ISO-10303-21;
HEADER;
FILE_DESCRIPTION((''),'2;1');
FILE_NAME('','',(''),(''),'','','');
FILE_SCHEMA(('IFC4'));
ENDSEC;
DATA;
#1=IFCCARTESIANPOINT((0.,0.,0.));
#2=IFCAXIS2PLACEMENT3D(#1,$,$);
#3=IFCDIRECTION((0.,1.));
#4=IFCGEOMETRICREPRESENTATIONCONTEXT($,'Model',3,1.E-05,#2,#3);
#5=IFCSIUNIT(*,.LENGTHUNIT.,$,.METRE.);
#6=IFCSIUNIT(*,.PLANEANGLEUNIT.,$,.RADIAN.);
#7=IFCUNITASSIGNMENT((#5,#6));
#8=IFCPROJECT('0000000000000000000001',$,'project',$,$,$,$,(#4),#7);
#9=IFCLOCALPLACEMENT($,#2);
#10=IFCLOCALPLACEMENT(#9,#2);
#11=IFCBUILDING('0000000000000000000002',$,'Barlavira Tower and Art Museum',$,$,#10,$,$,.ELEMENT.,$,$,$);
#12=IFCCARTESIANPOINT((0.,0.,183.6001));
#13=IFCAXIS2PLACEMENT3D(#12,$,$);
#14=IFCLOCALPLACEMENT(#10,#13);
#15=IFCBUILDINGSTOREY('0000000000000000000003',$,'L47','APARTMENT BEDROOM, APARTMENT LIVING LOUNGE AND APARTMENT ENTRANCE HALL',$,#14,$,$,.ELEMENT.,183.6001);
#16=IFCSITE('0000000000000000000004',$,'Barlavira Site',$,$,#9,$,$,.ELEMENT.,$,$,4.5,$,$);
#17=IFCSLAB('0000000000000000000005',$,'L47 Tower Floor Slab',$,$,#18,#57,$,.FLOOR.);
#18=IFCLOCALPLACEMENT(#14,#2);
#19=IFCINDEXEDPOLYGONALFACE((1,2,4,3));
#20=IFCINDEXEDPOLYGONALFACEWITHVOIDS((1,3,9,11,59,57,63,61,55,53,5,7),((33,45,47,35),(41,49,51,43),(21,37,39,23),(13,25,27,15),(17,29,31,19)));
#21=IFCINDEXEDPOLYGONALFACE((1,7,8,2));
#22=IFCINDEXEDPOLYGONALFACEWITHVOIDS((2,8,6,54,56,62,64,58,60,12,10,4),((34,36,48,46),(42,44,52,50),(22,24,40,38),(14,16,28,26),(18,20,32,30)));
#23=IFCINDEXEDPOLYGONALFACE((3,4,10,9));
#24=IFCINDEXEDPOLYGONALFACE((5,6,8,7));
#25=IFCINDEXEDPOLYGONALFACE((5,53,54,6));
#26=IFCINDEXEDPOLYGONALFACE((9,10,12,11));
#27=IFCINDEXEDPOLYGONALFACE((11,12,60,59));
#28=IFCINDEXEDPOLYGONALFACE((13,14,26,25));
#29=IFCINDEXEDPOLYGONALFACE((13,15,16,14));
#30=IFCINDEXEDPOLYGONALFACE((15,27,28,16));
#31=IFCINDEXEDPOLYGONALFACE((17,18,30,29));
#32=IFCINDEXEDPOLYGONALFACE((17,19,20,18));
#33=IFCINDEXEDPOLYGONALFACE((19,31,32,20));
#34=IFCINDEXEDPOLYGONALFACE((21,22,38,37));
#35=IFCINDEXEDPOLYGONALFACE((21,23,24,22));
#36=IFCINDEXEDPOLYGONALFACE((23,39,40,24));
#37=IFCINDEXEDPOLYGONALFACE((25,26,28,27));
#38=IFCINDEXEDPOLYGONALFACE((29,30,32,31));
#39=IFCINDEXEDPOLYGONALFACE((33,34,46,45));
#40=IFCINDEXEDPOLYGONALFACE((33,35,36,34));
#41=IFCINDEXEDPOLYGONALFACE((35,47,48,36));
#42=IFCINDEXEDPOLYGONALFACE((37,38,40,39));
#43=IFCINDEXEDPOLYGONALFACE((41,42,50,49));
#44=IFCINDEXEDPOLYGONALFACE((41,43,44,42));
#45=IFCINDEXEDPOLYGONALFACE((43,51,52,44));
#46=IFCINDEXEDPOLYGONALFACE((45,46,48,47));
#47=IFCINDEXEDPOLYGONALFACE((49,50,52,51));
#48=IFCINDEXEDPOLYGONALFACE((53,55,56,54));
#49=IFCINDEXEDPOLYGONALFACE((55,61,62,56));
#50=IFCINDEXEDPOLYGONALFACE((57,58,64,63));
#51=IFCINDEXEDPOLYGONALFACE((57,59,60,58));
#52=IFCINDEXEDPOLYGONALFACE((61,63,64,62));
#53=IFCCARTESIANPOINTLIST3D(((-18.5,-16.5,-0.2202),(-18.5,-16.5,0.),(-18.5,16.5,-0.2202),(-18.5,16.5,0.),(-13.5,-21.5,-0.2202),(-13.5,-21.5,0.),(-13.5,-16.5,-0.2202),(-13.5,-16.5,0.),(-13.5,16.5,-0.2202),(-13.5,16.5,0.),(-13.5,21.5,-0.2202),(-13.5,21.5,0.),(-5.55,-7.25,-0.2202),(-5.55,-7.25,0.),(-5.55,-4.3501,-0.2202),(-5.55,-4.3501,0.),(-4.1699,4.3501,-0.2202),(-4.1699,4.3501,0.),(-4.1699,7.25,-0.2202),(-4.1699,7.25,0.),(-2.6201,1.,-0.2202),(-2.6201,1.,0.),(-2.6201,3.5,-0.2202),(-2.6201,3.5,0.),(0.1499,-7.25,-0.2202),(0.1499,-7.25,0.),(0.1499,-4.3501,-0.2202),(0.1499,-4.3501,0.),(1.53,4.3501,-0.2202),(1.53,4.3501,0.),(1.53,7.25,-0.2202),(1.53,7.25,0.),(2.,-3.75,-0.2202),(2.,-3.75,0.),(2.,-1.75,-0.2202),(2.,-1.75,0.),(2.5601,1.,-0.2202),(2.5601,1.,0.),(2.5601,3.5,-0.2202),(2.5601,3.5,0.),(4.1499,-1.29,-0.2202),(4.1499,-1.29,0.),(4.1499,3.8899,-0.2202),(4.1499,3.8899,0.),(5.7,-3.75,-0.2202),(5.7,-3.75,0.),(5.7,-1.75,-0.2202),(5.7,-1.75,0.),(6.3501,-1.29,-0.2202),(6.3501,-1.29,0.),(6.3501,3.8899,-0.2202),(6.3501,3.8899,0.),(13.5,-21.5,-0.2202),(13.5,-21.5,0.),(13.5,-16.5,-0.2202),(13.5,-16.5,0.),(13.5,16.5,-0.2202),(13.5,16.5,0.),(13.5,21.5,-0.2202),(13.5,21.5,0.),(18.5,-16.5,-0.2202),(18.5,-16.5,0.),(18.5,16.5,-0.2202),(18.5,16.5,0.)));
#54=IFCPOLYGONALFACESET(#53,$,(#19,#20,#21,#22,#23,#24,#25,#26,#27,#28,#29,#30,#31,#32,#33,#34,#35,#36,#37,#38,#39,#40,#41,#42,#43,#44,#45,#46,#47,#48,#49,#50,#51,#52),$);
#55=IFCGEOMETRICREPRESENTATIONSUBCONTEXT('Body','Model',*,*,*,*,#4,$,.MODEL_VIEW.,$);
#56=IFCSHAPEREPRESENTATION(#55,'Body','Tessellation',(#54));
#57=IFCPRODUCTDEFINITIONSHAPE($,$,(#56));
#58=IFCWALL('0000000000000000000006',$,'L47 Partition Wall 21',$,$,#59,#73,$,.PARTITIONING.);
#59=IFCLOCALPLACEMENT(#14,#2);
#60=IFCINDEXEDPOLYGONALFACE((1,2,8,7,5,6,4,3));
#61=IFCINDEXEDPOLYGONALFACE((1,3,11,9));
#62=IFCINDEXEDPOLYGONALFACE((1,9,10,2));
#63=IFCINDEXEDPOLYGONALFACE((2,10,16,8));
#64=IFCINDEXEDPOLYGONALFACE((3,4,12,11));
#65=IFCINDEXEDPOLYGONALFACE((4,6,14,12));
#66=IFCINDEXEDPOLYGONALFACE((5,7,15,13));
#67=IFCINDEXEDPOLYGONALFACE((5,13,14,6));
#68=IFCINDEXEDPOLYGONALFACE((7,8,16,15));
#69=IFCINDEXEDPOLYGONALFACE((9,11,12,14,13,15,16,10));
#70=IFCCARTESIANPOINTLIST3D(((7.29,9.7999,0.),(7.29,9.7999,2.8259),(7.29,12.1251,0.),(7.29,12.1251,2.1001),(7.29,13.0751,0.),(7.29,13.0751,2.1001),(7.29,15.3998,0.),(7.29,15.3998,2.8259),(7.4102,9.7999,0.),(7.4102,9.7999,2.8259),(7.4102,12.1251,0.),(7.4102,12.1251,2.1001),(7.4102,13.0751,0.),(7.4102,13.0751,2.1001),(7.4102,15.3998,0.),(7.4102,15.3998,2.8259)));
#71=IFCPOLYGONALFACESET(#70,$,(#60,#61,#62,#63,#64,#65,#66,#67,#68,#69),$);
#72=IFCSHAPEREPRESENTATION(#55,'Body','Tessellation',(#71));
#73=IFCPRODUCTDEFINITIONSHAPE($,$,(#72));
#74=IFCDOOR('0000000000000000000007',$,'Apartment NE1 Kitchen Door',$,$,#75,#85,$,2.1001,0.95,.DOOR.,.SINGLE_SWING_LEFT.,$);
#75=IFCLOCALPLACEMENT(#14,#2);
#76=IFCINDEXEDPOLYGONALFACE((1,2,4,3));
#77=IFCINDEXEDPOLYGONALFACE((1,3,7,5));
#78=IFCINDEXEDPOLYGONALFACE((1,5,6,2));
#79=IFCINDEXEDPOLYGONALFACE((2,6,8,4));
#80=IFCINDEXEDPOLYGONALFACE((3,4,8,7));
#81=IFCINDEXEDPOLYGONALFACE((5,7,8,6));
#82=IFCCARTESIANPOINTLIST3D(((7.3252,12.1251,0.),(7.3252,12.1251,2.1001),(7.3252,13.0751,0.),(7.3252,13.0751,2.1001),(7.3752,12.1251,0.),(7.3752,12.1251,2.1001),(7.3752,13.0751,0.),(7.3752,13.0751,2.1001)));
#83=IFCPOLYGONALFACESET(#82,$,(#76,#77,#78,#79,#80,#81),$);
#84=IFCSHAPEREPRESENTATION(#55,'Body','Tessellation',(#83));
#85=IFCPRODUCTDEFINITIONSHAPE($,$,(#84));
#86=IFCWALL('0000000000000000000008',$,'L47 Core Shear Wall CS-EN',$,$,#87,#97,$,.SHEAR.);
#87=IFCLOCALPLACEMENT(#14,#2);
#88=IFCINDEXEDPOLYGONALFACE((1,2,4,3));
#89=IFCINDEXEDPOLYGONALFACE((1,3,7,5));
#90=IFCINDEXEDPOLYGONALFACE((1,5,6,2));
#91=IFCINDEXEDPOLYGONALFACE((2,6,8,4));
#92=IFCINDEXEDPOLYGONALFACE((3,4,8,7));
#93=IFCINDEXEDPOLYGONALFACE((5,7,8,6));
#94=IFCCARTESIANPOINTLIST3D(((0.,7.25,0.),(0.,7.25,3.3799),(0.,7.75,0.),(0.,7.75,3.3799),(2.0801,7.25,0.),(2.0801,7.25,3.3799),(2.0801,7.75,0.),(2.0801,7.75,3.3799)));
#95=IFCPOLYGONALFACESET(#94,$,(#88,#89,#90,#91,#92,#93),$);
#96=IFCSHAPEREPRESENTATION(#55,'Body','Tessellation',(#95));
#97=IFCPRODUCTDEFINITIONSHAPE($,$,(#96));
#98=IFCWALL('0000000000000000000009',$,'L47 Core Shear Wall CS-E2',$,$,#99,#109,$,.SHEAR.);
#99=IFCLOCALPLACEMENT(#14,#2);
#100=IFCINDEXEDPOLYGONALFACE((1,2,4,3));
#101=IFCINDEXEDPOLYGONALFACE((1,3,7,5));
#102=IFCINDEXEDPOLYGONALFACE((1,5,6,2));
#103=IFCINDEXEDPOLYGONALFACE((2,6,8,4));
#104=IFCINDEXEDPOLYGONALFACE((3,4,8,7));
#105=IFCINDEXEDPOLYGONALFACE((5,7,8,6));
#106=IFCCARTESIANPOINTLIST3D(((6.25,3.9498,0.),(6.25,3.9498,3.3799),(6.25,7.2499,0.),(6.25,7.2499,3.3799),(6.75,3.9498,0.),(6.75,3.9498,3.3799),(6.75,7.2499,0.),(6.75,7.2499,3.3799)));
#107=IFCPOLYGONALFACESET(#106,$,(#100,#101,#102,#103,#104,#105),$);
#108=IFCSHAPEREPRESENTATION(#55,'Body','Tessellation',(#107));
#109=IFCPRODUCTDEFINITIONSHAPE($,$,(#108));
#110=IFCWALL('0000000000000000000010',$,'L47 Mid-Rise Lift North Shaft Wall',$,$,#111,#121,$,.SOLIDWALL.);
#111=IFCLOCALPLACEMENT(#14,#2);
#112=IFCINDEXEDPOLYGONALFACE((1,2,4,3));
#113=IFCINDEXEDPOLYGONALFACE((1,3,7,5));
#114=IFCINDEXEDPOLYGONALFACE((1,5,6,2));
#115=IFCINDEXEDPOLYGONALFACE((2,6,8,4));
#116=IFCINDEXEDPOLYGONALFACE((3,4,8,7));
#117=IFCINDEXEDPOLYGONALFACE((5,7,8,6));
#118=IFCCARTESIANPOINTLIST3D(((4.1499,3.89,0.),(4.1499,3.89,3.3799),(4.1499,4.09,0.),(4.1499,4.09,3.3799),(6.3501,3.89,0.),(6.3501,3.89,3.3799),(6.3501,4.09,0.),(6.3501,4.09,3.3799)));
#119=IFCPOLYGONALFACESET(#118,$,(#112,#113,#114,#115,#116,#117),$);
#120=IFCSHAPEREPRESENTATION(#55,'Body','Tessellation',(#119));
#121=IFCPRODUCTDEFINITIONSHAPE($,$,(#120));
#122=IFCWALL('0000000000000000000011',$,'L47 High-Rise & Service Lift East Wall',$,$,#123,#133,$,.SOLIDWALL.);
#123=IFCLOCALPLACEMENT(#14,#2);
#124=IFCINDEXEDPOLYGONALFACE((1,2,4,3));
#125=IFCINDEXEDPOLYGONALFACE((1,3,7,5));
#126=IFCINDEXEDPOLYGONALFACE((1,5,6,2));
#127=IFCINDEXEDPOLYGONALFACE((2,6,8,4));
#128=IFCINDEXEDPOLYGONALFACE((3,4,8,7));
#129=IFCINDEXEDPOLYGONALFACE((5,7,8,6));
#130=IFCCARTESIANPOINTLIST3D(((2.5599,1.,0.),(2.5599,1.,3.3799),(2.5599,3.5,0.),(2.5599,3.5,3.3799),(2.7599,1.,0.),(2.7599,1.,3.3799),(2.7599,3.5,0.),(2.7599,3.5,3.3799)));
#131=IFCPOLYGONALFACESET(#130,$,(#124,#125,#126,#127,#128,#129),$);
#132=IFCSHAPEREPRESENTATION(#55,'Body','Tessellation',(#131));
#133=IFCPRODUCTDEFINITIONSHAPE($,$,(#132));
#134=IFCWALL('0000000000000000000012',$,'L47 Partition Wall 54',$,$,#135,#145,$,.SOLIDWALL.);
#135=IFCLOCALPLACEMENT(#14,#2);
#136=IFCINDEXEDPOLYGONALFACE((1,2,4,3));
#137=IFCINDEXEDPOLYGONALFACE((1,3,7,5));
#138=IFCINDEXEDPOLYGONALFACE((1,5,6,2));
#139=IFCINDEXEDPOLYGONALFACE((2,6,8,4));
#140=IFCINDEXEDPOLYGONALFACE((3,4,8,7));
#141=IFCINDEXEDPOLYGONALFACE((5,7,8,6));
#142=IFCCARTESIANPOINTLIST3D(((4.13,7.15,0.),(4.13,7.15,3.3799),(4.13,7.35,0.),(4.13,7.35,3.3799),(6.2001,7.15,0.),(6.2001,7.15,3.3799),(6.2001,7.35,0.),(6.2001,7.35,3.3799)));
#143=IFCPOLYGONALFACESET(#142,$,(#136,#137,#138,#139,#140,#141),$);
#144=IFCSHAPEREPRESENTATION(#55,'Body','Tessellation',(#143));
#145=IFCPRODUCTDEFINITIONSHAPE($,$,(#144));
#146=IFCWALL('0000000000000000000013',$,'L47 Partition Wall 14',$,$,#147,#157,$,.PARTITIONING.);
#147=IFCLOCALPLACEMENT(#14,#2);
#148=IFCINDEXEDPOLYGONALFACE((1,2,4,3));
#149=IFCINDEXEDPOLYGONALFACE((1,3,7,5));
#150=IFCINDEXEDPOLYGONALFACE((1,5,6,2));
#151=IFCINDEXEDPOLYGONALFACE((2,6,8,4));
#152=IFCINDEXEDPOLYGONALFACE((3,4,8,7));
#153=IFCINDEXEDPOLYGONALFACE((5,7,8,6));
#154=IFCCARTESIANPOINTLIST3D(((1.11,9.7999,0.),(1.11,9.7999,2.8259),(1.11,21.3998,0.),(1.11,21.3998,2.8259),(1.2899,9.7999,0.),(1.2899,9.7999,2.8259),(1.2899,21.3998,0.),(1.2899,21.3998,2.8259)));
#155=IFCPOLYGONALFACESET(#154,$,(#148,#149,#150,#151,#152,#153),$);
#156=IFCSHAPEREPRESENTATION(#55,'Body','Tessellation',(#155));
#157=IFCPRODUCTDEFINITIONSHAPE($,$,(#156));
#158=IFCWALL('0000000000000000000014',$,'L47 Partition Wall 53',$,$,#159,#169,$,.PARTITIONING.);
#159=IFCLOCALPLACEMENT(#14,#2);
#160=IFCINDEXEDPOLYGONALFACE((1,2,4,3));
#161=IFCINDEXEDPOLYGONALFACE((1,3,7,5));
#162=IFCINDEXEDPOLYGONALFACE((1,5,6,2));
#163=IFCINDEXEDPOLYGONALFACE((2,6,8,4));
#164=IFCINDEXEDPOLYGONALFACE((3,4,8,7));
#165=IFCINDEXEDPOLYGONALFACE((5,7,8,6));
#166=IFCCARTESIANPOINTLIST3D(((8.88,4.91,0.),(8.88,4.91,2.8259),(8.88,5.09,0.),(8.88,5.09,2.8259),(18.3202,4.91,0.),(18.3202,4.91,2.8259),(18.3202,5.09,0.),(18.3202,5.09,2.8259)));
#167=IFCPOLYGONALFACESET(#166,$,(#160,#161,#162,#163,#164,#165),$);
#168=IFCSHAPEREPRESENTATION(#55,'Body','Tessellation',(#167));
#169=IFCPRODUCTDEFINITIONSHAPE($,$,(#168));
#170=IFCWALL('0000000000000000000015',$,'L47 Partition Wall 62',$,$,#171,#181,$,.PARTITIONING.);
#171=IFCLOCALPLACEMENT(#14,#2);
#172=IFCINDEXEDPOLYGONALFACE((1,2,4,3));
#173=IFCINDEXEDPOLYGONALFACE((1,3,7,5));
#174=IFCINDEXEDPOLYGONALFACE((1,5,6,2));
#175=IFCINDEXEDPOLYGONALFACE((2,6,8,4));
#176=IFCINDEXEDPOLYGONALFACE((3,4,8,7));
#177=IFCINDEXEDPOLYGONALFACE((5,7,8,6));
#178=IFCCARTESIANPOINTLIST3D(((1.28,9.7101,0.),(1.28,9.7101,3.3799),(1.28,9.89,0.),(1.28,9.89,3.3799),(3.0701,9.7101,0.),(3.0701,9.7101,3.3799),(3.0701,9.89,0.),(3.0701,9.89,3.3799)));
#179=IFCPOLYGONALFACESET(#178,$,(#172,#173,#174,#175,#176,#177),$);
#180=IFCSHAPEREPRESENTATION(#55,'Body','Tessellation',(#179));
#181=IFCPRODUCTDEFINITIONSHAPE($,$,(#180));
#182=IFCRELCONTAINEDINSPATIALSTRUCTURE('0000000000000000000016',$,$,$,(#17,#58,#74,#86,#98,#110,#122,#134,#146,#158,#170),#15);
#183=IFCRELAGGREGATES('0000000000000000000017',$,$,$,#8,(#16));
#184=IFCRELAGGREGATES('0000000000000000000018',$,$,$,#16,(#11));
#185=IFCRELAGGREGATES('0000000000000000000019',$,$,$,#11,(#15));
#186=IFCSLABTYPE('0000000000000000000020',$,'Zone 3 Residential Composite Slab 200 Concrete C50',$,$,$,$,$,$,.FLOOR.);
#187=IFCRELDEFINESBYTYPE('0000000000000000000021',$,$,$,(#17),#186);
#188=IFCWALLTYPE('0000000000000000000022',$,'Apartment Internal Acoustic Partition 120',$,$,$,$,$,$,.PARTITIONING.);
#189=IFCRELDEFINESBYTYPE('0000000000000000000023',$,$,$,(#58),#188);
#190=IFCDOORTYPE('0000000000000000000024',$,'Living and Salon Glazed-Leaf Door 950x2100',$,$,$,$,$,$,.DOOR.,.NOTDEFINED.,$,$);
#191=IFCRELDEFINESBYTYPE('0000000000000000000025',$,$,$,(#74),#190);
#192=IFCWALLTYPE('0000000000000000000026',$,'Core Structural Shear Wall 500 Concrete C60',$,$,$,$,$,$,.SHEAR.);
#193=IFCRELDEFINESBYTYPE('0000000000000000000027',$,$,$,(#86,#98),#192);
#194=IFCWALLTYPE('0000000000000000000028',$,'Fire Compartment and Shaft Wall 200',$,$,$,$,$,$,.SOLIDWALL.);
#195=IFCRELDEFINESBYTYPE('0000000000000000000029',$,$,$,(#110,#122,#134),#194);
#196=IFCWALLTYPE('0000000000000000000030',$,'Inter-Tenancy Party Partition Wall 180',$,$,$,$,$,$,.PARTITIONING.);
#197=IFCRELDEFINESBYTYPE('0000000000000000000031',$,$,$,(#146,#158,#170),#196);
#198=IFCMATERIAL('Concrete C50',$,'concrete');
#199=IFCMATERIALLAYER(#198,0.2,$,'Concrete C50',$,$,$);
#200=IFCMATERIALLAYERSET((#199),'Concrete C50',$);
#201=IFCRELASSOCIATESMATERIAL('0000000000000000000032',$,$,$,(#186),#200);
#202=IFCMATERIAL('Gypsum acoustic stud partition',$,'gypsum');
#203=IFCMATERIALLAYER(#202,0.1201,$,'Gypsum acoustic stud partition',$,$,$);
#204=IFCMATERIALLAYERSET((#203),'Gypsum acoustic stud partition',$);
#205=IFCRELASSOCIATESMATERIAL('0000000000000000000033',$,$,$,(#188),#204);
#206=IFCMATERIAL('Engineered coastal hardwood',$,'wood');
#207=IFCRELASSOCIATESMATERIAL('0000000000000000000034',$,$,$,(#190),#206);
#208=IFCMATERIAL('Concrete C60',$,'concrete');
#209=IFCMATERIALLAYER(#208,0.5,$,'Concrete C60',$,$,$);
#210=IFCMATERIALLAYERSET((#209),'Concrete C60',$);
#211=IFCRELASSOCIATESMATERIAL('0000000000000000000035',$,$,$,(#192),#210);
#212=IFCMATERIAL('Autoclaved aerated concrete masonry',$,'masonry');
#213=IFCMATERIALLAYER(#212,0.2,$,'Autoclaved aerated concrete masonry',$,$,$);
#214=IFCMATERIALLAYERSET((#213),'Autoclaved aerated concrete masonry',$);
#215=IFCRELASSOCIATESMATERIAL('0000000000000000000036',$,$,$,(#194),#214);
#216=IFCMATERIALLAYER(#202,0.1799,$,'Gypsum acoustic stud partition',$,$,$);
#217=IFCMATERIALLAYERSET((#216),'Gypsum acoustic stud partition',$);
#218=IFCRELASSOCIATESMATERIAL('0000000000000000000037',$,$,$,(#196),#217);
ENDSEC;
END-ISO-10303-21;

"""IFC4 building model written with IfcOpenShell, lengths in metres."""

from ifc_helpers import new_model, si_unit, direction, frame, frame_2d, origin, place, context, subcontext, project, spatial, polyline, rectangle, outline, extrude, material, layer, layer_set, type_object, element, fill, save


model = new_model("IFC4")

# Units and contexts
model_context = context("Model", 3, precision=1e-05, world=origin(), true_north=direction((0.0, 1.0)))
body_context = subcontext(model_context, "Body", "Model", "MODEL_VIEW")
ifc_project = project(units=[si_unit("LENGTHUNIT", "METRE"), si_unit("PLANEANGLEUNIT", "RADIAN")], contexts=[model_context])

# Site, building, storey
site_placement = place(None, origin())
site = spatial("IfcSite", under=ifc_project, at=site_placement, Name="Barlavira Site", CompositionType="ELEMENT", RefElevation=4.5)
building_placement = place(site_placement, origin())
building = spatial("IfcBuilding", under=site, at=building_placement, Name="Barlavira Tower and Art Museum", CompositionType="ELEMENT")
storey_placement = place(building_placement, frame((0.0, 0.0, 183.6001)))
storey = spatial("IfcBuildingStorey", under=building, at=storey_placement, Name="L47", Description="APARTMENT BEDROOM, APARTMENT LIVING LOUNGE AND APARTMENT ENTRANCE HALL", CompositionType="ELEMENT", Elevation=183.6001)

# Slab
ifc_material_1 = material(Name="Concrete C50", Category="concrete")
ifc_layer_1 = layer(ifc_material_1, 0.2, Name="Concrete C50")
ifc_layer_set_1 = layer_set([ifc_layer_1], Name="Concrete C50")
slab_type_1 = type_object("IfcSlabType", Name="Zone 3 Residential Composite Slab 200 Concrete C50", PredefinedType="FLOOR", material=ifc_layer_set_1)
slab_1_placement = place(storey_placement, frame((0.0, 0.0, -0.2202)))
element("IfcSlab", 1, at=slab_1_placement, inside=storey, type_object=slab_type_1, Name="L47 Tower Floor Slab", PredefinedType="FLOOR", context=body_context, shape_type="SweptSolid", body=[
    extrude(outline(polyline([(-13.5, -21.5), (13.5, -21.5), (13.5, -16.5), (18.5, -16.5), (18.5, 16.5), (13.5, 16.5), (13.5, 21.5), (-13.5, 21.5), (-13.5, 16.5), (-18.5, 16.5), (-18.5, -16.5), (-13.5, -16.5), (-13.5, -21.5)]), holes=[polyline([(0.1499, -4.3501), (-5.55, -4.3501), (-5.55, -7.25), (0.1499, -7.25), (0.1499, -4.3501)]), polyline([(-4.1699, 4.3501), (1.53, 4.3501), (1.53, 7.25), (-4.1699, 7.25), (-4.1699, 4.3501)]), polyline([(4.1499, -1.29), (6.3501, -1.29), (6.3501, 3.8899), (4.1499, 3.8899), (4.1499, -1.29)]), polyline([(-2.6201, 1.0), (2.5601, 1.0), (2.5601, 3.5), (-2.6201, 3.5), (-2.6201, 1.0)]), polyline([(2.0, -3.75), (5.7, -3.75), (5.7, -1.75), (2.0, -1.75), (2.0, -3.75)])]), origin(), (0.0, 0.0, 1.0), 0.2202),
])

# Wall, opening, door
ifc_material_2 = material(Name="Gypsum acoustic stud partition", Category="gypsum")
ifc_layer_2 = layer(ifc_material_2, 0.1201, Name="Gypsum acoustic stud partition")
ifc_layer_set_2 = layer_set([ifc_layer_2], Name="Gypsum acoustic stud partition")
wall_type_1 = type_object("IfcWallType", Name="Apartment Internal Acoustic Partition 120", PredefinedType="PARTITIONING", material=ifc_layer_set_2)
wall_1_placement = place(storey_placement, frame((7.3501, 9.8, 0.0), z_axis=(0.0, 0.0, 1.0), x_axis=(0.0, 1.0, 0.0)))
wall_1 = element("IfcWall", 2, at=wall_1_placement, inside=storey, type_object=wall_type_1, Name="L47 Partition Wall 21", PredefinedType="PARTITIONING", context=body_context, shape_type="SweptSolid", body=[
    extrude(rectangle(XDim=5.5999, YDim=0.1201, at=frame_2d((2.7998, 0.0))), origin(), (0.0, 0.0, 1.0), 2.8259),
])
opening_1_placement = place(wall_1_placement, frame((2.325, 0.0, 0.0)))
opening_1 = element("IfcOpeningElement", 3, at=opening_1_placement, cuts=wall_1, PredefinedType="OPENING", context=body_context, shape_type="SweptSolid", body=[
    extrude(rectangle(XDim=0.95, YDim=2.1001, at=frame_2d((0.4751, 1.05))), frame((0.0, 0.0701, 0.0), z_axis=(0.0, -1.0, 0.0), x_axis=(1.0, 0.0, 0.0)), (0.0, 0.0, 1.0), 0.1401),
])
ifc_material_3 = material(Name="Engineered coastal hardwood", Category="wood")
door_type_1 = type_object("IfcDoorType", Name="Living and Salon Glazed-Leaf Door 950x2100", OperationType="NOTDEFINED", PredefinedType="DOOR", material=ifc_material_3)
door_1_placement = place(opening_1_placement, origin())
door_1 = element("IfcDoor", 4, at=door_1_placement, inside=storey, type_object=door_type_1, Name="Apartment NE1 Kitchen Door", OperationType="SINGLE_SWING_LEFT", OverallHeight=2.1001, OverallWidth=0.95, PredefinedType="DOOR", context=body_context, shape_type="SweptSolid", body=[
    extrude(rectangle(XDim=0.95, YDim=2.1001, at=frame_2d((0.4751, 1.05))), frame((0.0, 0.0249, 0.0), z_axis=(0.0, -1.0, 0.0), x_axis=(1.0, 0.0, 0.0)), (0.0, 0.0, 1.0), 0.05),
])
fill(opening_1, door_1)

# Walls
ifc_material_4 = material(Name="Concrete C60", Category="concrete")
ifc_layer_3 = layer(ifc_material_4, 0.5, Name="Concrete C60")
ifc_layer_set_3 = layer_set([ifc_layer_3], Name="Concrete C60")
wall_type_2 = type_object("IfcWallType", Name="Core Structural Shear Wall 500 Concrete C60", PredefinedType="SHEAR", material=ifc_layer_set_3)
wall_2_placement = place(storey_placement, frame((0.0, 7.5, 0.0), z_axis=(0.0, 0.0, 1.0), x_axis=(1.0, 0.0, 0.0)))
element("IfcWall", 5, at=wall_2_placement, inside=storey, type_object=wall_type_2, Name="L47 Core Shear Wall CS-EN", PredefinedType="SHEAR", context=body_context, shape_type="SweptSolid", body=[
    extrude(rectangle(XDim=2.0801, YDim=0.5, at=frame_2d((1.04, 0.0))), origin(), (0.0, 0.0, 1.0), 3.3799),
])
wall_3_placement = place(storey_placement, frame((6.5, 3.95, 0.0), z_axis=(0.0, 0.0, 1.0), x_axis=(0.0, 1.0, 0.0)))
element("IfcWall", 6, at=wall_3_placement, inside=storey, type_object=wall_type_2, Name="L47 Core Shear Wall CS-E2", PredefinedType="SHEAR", context=body_context, shape_type="SweptSolid", body=[
    extrude(rectangle(XDim=3.3, YDim=0.5, at=frame_2d((1.6499, 0.0))), origin(), (0.0, 0.0, 1.0), 3.3799),
])
ifc_material_5 = material(Name="Autoclaved aerated concrete masonry", Category="masonry")
ifc_layer_4 = layer(ifc_material_5, 0.2, Name="Autoclaved aerated concrete masonry")
ifc_layer_set_4 = layer_set([ifc_layer_4], Name="Autoclaved aerated concrete masonry")
wall_type_3 = type_object("IfcWallType", Name="Fire Compartment and Shaft Wall 200", PredefinedType="SOLIDWALL", material=ifc_layer_set_4)
wall_4_placement = place(storey_placement, frame((4.1499, 3.99, 0.0), z_axis=(0.0, 0.0, 1.0), x_axis=(1.0, 0.0, 0.0)))
element("IfcWall", 7, at=wall_4_placement, inside=storey, type_object=wall_type_3, Name="L47 Mid-Rise Lift North Shaft Wall", PredefinedType="SOLIDWALL", context=body_context, shape_type="SweptSolid", body=[
    extrude(rectangle(XDim=2.2002, YDim=0.2, at=frame_2d((1.1001, 0.0))), origin(), (0.0, 0.0, 1.0), 3.3799),
])
wall_5_placement = place(storey_placement, frame((2.6599, 1.0, 0.0), z_axis=(0.0, 0.0, 1.0), x_axis=(0.0, 1.0, 0.0)))
element("IfcWall", 8, at=wall_5_placement, inside=storey, type_object=wall_type_3, Name="L47 High-Rise & Service Lift East Wall", PredefinedType="SOLIDWALL", context=body_context, shape_type="SweptSolid", body=[
    extrude(rectangle(XDim=2.5, YDim=0.2, at=frame_2d((1.25, 0.0))), origin(), (0.0, 0.0, 1.0), 3.3799),
])

# Walls
wall_6_placement = place(storey_placement, frame((4.1299, 7.25, 0.0), z_axis=(0.0, 0.0, 1.0), x_axis=(1.0, 0.0, 0.0)))
element("IfcWall", 9, at=wall_6_placement, inside=storey, type_object=wall_type_3, Name="L47 Partition Wall 54", PredefinedType="SOLIDWALL", context=body_context, shape_type="SweptSolid", body=[
    extrude(rectangle(XDim=2.0701, YDim=0.2, at=frame_2d((1.0352, 0.0))), origin(), (0.0, 0.0, 1.0), 3.3799),
])
ifc_layer_5 = layer(ifc_material_2, 0.1799, Name="Gypsum acoustic stud partition")
ifc_layer_set_5 = layer_set([ifc_layer_5], Name="Gypsum acoustic stud partition")
wall_type_4 = type_object("IfcWallType", Name="Inter-Tenancy Party Partition Wall 180", PredefinedType="PARTITIONING", material=ifc_layer_set_5)
wall_7_placement = place(storey_placement, frame((1.2, 9.8, 0.0), z_axis=(0.0, 0.0, 1.0), x_axis=(0.0, 1.0, 0.0)))
element("IfcWall", 10, at=wall_7_placement, inside=storey, type_object=wall_type_4, Name="L47 Partition Wall 14", PredefinedType="PARTITIONING", context=body_context, shape_type="SweptSolid", body=[
    extrude(rectangle(XDim=11.5999, YDim=0.1799, at=frame_2d((5.7998, 0.0))), origin(), (0.0, 0.0, 1.0), 2.8259),
])
wall_8_placement = place(storey_placement, frame((8.8799, 5.0, 0.0), z_axis=(0.0, 0.0, 1.0), x_axis=(1.0, 0.0, 0.0)))
element("IfcWall", 11, at=wall_8_placement, inside=storey, type_object=wall_type_4, Name="L47 Partition Wall 53", PredefinedType="PARTITIONING", context=body_context, shape_type="SweptSolid", body=[
    extrude(rectangle(XDim=9.4402, YDim=0.1799, at=frame_2d((4.7202, 0.0))), origin(), (0.0, 0.0, 1.0), 2.8259),
])
wall_9_placement = place(storey_placement, frame((1.28, 9.8, 0.0), z_axis=(0.0, 0.0, 1.0), x_axis=(1.0, 0.0, 0.0)))
element("IfcWall", 12, at=wall_9_placement, inside=storey, type_object=wall_type_4, Name="L47 Partition Wall 62", PredefinedType="PARTITIONING", context=body_context, shape_type="SweptSolid", body=[
    extrude(rectangle(XDim=1.79, YDim=0.1799, at=frame_2d((0.895, 0.0))), origin(), (0.0, 0.0, 1.0), 3.3799),
])

save(model, "model.ifc")
